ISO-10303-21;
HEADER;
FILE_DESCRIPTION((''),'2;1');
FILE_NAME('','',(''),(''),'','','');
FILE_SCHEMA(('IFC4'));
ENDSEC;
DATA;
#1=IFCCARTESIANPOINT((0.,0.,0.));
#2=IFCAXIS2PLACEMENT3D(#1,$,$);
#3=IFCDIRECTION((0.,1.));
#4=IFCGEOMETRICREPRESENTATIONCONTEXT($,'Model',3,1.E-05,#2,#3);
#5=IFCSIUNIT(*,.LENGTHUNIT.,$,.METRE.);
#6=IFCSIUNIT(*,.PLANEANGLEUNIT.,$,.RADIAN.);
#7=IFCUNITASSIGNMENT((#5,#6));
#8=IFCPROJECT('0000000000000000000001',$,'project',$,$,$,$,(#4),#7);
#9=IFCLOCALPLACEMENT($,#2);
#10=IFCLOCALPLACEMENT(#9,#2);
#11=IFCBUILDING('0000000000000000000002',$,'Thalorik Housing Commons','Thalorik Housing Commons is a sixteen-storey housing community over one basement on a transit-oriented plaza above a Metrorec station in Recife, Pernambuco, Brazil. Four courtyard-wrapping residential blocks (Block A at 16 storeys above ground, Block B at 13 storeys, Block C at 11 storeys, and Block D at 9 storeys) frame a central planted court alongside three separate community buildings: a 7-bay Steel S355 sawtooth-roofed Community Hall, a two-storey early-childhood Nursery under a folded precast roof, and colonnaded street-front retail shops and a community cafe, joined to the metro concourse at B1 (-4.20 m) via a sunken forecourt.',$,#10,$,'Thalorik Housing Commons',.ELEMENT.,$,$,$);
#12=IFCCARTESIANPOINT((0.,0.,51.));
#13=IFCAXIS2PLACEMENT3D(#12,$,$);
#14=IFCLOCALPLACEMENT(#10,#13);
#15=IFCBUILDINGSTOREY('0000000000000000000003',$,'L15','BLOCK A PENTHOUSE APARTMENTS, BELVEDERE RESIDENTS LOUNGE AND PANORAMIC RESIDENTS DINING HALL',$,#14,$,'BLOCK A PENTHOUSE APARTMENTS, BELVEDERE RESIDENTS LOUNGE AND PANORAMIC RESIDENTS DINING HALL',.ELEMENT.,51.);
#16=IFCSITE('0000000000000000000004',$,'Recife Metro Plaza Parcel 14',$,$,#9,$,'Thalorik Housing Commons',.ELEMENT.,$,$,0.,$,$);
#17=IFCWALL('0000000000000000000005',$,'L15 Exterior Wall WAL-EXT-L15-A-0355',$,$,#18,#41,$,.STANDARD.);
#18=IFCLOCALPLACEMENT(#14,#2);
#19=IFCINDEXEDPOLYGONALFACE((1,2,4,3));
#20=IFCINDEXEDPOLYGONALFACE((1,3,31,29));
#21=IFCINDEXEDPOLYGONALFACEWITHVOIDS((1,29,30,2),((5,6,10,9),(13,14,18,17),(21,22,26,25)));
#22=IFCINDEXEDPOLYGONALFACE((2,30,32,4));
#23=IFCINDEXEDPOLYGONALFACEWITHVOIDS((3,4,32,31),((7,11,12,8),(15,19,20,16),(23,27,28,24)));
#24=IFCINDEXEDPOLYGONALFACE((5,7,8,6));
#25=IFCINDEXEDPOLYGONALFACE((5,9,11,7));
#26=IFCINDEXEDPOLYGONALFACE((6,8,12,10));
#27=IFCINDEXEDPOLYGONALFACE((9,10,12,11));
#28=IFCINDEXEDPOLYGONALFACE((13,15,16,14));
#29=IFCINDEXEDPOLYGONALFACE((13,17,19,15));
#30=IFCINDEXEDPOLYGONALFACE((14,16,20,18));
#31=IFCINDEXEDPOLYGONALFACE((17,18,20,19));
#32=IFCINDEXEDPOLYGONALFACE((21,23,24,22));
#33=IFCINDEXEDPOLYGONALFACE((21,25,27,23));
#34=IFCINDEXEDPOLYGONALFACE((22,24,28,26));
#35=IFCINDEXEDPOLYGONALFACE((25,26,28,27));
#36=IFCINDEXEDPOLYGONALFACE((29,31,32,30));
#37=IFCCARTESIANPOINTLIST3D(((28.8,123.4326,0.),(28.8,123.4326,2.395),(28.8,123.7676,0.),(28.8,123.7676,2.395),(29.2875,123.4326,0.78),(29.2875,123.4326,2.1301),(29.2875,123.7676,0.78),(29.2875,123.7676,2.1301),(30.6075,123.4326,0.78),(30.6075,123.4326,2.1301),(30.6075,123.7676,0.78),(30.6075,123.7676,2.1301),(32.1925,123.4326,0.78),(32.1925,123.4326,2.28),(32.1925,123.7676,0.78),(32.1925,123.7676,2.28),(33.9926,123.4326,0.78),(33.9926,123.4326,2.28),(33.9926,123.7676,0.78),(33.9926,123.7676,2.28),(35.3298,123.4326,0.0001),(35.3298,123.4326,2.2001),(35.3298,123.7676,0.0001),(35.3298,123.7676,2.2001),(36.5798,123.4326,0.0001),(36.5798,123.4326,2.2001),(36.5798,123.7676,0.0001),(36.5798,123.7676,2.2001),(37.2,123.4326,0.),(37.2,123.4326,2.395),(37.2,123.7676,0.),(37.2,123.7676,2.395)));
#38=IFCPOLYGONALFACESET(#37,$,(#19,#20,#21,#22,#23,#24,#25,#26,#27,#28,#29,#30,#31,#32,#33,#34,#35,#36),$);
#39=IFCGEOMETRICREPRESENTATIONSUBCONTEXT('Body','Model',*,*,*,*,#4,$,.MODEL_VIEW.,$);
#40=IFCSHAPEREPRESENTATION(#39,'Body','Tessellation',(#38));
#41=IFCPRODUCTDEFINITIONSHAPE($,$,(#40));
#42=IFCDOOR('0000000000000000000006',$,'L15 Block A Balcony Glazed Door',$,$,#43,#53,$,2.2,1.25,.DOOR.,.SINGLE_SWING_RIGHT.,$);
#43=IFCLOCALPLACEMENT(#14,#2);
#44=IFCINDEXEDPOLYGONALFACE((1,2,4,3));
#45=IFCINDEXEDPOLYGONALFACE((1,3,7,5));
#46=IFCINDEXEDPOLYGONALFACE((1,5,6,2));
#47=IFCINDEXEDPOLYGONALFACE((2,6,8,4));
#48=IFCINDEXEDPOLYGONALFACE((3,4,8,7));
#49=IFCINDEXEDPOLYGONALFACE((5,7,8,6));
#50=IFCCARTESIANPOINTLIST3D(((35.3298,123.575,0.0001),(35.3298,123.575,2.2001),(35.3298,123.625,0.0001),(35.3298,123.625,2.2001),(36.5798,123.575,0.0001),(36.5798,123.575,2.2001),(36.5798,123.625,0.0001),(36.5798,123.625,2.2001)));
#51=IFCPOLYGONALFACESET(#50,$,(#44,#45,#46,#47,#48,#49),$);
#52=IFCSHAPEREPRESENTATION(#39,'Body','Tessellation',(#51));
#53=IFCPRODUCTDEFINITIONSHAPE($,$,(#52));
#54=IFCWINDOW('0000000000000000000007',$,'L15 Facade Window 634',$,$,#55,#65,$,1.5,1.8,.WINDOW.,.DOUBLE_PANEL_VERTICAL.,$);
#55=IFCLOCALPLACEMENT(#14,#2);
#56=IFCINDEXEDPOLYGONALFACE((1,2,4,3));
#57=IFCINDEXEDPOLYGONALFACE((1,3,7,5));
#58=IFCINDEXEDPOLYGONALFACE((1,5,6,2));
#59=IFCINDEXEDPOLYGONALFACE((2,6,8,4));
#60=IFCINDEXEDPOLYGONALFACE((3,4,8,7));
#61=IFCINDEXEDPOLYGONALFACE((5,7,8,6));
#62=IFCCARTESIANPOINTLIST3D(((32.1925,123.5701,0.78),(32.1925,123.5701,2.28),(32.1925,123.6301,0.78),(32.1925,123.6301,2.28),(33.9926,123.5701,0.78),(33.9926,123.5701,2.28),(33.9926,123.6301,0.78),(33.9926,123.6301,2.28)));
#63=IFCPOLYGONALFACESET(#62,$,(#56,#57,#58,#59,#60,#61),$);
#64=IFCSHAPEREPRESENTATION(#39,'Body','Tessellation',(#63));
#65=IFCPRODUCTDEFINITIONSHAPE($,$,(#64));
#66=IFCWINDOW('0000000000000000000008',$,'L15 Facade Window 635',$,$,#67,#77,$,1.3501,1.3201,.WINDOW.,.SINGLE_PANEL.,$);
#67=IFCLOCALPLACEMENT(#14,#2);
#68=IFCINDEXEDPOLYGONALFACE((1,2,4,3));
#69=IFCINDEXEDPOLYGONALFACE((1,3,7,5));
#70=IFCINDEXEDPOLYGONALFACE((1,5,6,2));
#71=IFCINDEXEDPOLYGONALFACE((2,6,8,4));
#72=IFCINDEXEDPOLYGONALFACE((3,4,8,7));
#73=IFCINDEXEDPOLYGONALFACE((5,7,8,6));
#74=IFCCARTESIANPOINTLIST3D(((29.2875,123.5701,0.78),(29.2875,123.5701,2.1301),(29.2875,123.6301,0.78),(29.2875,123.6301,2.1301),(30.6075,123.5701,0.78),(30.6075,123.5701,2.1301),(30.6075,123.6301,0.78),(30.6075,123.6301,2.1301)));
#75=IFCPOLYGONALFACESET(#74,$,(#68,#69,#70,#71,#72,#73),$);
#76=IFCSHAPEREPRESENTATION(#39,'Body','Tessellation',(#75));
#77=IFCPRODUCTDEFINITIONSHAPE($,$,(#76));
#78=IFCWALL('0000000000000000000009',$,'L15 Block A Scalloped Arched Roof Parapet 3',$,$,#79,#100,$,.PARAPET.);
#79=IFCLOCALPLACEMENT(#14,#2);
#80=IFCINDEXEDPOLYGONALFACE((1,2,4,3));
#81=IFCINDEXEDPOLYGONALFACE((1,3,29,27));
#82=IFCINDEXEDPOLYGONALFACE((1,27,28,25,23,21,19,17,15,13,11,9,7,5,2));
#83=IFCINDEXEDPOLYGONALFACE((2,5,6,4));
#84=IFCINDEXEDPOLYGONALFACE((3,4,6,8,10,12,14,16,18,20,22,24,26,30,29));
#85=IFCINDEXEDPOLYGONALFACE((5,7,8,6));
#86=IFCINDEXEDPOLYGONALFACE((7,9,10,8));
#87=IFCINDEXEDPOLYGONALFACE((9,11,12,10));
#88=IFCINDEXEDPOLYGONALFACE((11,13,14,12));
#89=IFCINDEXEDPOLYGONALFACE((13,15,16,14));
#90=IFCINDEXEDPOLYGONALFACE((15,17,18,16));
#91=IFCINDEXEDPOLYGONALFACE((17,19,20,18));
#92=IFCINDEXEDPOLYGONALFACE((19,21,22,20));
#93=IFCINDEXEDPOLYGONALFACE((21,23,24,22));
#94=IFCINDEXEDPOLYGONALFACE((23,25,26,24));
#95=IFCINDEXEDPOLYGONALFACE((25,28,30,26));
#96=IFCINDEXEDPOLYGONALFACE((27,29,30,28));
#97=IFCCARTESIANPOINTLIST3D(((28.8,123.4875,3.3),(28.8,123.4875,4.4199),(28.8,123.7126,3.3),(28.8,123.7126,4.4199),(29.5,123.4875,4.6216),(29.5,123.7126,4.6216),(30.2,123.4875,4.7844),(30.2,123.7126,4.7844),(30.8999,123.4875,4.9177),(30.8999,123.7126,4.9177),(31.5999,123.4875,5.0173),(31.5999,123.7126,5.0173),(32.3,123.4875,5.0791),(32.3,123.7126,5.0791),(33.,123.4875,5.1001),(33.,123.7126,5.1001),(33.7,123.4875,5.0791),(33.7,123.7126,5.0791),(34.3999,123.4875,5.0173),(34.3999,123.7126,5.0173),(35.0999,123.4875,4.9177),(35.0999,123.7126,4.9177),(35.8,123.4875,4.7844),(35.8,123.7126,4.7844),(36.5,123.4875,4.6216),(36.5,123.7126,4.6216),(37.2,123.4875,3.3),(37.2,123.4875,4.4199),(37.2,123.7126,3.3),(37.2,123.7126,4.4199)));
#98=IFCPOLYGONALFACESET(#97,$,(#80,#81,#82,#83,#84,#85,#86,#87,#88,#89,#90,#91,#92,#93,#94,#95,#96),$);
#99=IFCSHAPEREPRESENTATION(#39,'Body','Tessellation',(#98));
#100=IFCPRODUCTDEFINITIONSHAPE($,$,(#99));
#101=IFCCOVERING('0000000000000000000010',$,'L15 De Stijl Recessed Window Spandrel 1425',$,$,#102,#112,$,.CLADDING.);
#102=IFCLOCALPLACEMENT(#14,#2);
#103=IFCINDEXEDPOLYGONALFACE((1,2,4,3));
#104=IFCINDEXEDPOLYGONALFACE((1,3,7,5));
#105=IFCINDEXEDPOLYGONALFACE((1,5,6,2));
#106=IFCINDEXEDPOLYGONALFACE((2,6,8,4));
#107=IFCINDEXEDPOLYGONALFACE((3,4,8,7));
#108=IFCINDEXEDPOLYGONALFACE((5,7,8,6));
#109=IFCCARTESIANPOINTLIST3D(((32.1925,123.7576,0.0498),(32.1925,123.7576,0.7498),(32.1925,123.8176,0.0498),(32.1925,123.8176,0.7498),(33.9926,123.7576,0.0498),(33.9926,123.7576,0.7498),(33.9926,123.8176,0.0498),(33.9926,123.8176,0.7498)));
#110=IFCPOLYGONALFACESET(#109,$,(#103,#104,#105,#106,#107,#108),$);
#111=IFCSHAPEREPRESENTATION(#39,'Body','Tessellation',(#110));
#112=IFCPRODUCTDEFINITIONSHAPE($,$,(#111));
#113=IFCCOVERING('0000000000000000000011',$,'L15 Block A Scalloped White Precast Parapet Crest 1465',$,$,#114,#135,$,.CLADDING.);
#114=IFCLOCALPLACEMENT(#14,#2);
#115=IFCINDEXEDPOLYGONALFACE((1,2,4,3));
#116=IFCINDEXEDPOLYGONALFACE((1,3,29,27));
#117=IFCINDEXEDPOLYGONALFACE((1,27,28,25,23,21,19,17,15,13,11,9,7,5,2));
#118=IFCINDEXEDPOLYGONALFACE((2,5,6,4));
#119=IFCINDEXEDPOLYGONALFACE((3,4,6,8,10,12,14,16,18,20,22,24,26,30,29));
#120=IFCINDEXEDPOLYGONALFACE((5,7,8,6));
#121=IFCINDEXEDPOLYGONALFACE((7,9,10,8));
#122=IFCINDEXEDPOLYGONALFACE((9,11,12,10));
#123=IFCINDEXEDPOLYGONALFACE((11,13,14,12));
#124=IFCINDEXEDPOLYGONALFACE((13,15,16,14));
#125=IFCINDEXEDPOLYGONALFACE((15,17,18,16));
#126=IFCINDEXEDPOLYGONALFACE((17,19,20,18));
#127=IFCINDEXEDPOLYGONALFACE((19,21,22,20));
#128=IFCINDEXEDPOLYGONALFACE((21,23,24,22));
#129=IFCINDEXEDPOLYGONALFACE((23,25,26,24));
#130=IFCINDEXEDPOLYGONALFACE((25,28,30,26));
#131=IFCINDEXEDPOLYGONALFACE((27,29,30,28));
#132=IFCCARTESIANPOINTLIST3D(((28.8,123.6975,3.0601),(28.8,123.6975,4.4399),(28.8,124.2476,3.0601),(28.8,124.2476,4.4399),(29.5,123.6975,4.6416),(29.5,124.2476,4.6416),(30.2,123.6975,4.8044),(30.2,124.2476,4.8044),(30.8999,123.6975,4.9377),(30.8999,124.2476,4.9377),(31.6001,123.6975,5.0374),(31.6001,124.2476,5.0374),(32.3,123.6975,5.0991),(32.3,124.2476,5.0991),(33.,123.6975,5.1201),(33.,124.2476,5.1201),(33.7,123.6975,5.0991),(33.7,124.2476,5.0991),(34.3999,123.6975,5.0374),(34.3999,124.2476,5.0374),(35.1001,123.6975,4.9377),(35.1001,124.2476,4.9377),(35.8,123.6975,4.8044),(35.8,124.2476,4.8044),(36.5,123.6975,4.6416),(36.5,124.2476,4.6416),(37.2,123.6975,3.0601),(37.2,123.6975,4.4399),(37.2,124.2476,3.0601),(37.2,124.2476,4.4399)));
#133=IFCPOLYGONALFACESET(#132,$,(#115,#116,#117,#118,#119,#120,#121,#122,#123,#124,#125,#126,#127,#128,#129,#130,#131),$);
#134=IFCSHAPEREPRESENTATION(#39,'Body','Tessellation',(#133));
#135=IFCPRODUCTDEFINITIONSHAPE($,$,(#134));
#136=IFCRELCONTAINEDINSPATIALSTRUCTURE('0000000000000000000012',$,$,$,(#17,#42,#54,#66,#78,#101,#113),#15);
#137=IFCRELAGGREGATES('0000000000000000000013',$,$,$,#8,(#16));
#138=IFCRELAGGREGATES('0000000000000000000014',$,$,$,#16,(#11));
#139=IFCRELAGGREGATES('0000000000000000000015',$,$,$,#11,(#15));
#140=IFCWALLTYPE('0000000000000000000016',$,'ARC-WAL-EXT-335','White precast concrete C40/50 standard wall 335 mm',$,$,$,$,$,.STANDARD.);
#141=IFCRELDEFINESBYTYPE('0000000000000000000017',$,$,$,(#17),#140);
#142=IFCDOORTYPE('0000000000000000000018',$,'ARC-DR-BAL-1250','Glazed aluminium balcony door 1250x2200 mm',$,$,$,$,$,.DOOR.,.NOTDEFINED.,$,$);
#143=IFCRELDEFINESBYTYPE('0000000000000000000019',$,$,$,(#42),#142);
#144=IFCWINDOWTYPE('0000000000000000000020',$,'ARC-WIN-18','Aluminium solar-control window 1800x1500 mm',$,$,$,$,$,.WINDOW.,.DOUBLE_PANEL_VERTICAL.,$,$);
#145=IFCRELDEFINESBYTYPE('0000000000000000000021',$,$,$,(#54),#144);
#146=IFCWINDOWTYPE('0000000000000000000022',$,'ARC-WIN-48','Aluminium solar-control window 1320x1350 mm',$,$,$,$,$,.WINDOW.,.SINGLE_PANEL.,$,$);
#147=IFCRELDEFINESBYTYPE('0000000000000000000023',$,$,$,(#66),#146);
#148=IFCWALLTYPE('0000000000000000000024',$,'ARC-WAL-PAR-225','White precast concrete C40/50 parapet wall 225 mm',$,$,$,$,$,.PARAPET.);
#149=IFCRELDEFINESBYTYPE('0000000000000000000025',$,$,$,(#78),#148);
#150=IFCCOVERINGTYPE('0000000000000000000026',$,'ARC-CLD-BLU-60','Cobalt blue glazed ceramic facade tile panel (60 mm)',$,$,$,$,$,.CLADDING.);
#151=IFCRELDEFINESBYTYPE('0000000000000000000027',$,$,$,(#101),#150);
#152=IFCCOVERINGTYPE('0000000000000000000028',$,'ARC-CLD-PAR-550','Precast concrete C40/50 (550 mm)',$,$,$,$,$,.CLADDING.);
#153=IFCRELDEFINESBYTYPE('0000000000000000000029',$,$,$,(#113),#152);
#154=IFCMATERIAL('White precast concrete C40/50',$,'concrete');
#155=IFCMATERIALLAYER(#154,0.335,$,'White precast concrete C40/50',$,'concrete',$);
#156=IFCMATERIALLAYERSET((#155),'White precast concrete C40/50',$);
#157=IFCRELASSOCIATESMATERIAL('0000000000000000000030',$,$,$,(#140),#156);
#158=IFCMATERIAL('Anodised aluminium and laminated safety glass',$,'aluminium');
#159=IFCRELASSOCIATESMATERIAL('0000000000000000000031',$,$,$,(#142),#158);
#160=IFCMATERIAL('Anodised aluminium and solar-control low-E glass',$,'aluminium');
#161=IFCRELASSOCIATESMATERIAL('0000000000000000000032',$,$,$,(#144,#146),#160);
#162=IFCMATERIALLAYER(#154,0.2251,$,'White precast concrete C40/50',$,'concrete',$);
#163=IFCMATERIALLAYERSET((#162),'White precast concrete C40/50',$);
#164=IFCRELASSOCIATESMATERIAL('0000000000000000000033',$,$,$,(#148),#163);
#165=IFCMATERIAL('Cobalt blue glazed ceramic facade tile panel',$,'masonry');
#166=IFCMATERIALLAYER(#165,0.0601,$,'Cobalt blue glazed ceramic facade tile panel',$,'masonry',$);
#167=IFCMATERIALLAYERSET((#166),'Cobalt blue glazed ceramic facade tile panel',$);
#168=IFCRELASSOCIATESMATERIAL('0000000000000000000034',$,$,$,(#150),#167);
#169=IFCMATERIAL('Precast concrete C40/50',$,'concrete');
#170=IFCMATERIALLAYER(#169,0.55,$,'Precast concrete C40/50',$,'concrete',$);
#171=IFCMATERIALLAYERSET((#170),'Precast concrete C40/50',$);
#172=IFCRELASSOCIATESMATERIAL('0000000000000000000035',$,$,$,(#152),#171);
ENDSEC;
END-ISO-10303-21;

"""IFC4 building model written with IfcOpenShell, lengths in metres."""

from ifc_helpers import new_model, si_unit, direction, frame, frame_2d, origin, origin_2d, place, context, subcontext, project, spatial, polyline, rectangle, outline, extrude, material, layer, layer_set, type_object, element, fill, save


model = new_model("IFC4")

# Units and contexts
model_context = context("Model", 3, precision=1e-05, world=origin(), true_north=direction((0.0, 1.0)))
body_context = subcontext(model_context, "Body", "Model", "MODEL_VIEW")
ifc_project = project(units=[si_unit("LENGTHUNIT", "METRE"), si_unit("PLANEANGLEUNIT", "RADIAN")], contexts=[model_context])

# Site, building, storey
site_placement = place(None, origin())
site = spatial("IfcSite", under=ifc_project, at=site_placement, Name="Recife Metro Plaza Parcel 14", LongName="Thalorik Housing Commons", CompositionType="ELEMENT", RefElevation=0.0)
building_placement = place(site_placement, origin())
building = spatial("IfcBuilding", under=site, at=building_placement, Name="Thalorik Housing Commons", Description="Thalorik Housing Commons is a sixteen-storey housing community over one basement on a transit-oriented plaza above a Metrorec station in Recife, Pernambuco, Brazil. Four courtyard-wrapping residential blocks (Block A at 16 storeys above ground, Block B at 13 storeys, Block C at 11 storeys, and Block D at 9 storeys) frame a central planted court alongside three separate community buildings: a 7-bay Steel S355 sawtooth-roofed Community Hall, a two-storey early-childhood Nursery under a folded precast roof, and colonnaded street-front retail shops and a community cafe, joined to the metro concourse at B1 (-4.20 m) via a sunken forecourt.", LongName="Thalorik Housing Commons", CompositionType="ELEMENT")
storey_placement = place(building_placement, frame((0.0, 0.0, 51.0)))
storey = spatial("IfcBuildingStorey", under=building, at=storey_placement, Name="L15", Description="BLOCK A PENTHOUSE APARTMENTS, BELVEDERE RESIDENTS LOUNGE AND PANORAMIC RESIDENTS DINING HALL", LongName="BLOCK A PENTHOUSE APARTMENTS, BELVEDERE RESIDENTS LOUNGE AND PANORAMIC RESIDENTS DINING HALL", CompositionType="ELEMENT", Elevation=51.0)

# Shared definitions
ifc_material_1 = material(Name="Precast concrete C40/50", Category="concrete")

# Shared definitions
ifc_material_2 = material(Name="Anodised aluminium and solar-control low-E glass", Category="aluminium")

# Shared definitions
ifc_material_3 = material(Name="White precast concrete C40/50", Category="concrete")
ifc_layer_1 = layer(ifc_material_3, 0.335, Name="White precast concrete C40/50", Category="concrete")
ifc_layer_set_1 = layer_set([ifc_layer_1], Name="White precast concrete C40/50")
wall_type_1 = type_object("IfcWallType", Name="ARC-WAL-EXT-335", Description="White precast concrete C40/50 standard wall 335 mm", PredefinedType="STANDARD", material=ifc_layer_set_1)

# Wall, openings, door, windows
wall_1_placement = place(storey_placement, frame((37.2, 123.6001, 0.0), z_axis=(0.0, 0.0, 1.0), x_axis=(-1.0, 0.0, 0.0)))
wall_1 = element("IfcWall", 1, at=wall_1_placement, inside=storey, type_object=wall_type_1, Name="L15 Exterior Wall WAL-EXT-L15-A-0355", PredefinedType="STANDARD", context=body_context, shape_type="SweptSolid", body=[
    extrude(rectangle(XDim=8.3999, YDim=0.335, at=frame_2d((4.2, 0.0))), origin(), (0.0, 0.0, 1.0), 2.395),
])
opening_1_placement = place(wall_1_placement, frame((0.6201, 0.0, 0.0)))
opening_1 = element("IfcOpeningElement", 2, at=opening_1_placement, cuts=wall_1, PredefinedType="OPENING", context=body_context, shape_type="SweptSolid", body=[
    extrude(rectangle(XDim=1.25, YDim=2.2, at=frame_2d((0.625, 1.1001))), frame((0.0, 0.1775, 0.0), z_axis=(0.0, -1.0, 0.0), x_axis=(1.0, 0.0, 0.0)), (0.0, 0.0, 1.0), 0.355),
])
opening_2_placement = place(wall_1_placement, frame((3.2075, 0.0, 0.78)))
opening_2 = element("IfcOpeningElement", 3, at=opening_2_placement, cuts=wall_1, PredefinedType="OPENING", context=body_context, shape_type="SweptSolid", body=[
    extrude(rectangle(XDim=1.8, YDim=1.5, at=frame_2d((0.8999, 0.75))), frame((0.0, 0.1775, 0.0), z_axis=(0.0, -1.0, 0.0), x_axis=(1.0, 0.0, 0.0)), (0.0, 0.0, 1.0), 0.355),
])
opening_3_placement = place(wall_1_placement, frame((6.5923, 0.0, 0.78)))
opening_3 = element("IfcOpeningElement", 4, at=opening_3_placement, cuts=wall_1, PredefinedType="OPENING", context=body_context, shape_type="SweptSolid", body=[
    extrude(rectangle(XDim=1.3201, YDim=1.3501, at=frame_2d((0.6602, 0.675))), frame((0.0, 0.1775, 0.0), z_axis=(0.0, -1.0, 0.0), x_axis=(1.0, 0.0, 0.0)), (0.0, 0.0, 1.0), 0.355),
])
ifc_material_4 = material(Name="Anodised aluminium and laminated safety glass", Category="aluminium")
door_type = type_object("IfcDoorType", Name="ARC-DR-BAL-1250", Description="Glazed aluminium balcony door 1250x2200 mm", OperationType="NOTDEFINED", PredefinedType="DOOR", material=ifc_material_4)
door_placement = place(opening_1_placement, frame((1.25, 0.0, 0.0), z_axis=(0.0, 0.0, 1.0), x_axis=(-1.0, 0.0, 0.0)))
door = element("IfcDoor", 5, at=door_placement, inside=storey, type_object=door_type, Name="L15 Block A Balcony Glazed Door", OperationType="SINGLE_SWING_RIGHT", OverallHeight=2.2, OverallWidth=1.25, PredefinedType="DOOR", context=body_context, shape_type="SweptSolid", body=[
    extrude(rectangle(XDim=1.25, YDim=2.2, at=frame_2d((0.625, 1.1001))), frame((0.0, 0.0249, 0.0), z_axis=(0.0, -1.0, 0.0), x_axis=(1.0, 0.0, 0.0)), (0.0, 0.0, 1.0), 0.05),
])
fill(opening_1, door)
window_type_1 = type_object("IfcWindowType", Name="ARC-WIN-18", Description="Aluminium solar-control window 1800x1500 mm", PartitioningType="DOUBLE_PANEL_VERTICAL", PredefinedType="WINDOW", material=ifc_material_2)
window_1_placement = place(opening_2_placement, origin())
window_1 = element("IfcWindow", 6, at=window_1_placement, inside=storey, type_object=window_type_1, Name="L15 Facade Window 634", OverallHeight=1.5, OverallWidth=1.8, PartitioningType="DOUBLE_PANEL_VERTICAL", PredefinedType="WINDOW", context=body_context, shape_type="SweptSolid", body=[
    extrude(rectangle(XDim=1.8, YDim=1.5, at=frame_2d((0.8999, 0.75))), frame((0.0, 0.03, 0.0), z_axis=(0.0, -1.0, 0.0), x_axis=(1.0, 0.0, 0.0)), (0.0, 0.0, 1.0), 0.0601),
])
fill(opening_2, window_1)
window_type_2 = type_object("IfcWindowType", Name="ARC-WIN-48", Description="Aluminium solar-control window 1320x1350 mm", PartitioningType="SINGLE_PANEL", PredefinedType="WINDOW", material=ifc_material_2)
window_2_placement = place(opening_3_placement, origin())
window_2 = element("IfcWindow", 7, at=window_2_placement, inside=storey, type_object=window_type_2, Name="L15 Facade Window 635", OverallHeight=1.3501, OverallWidth=1.3201, PartitioningType="SINGLE_PANEL", PredefinedType="WINDOW", context=body_context, shape_type="SweptSolid", body=[
    extrude(rectangle(XDim=1.3201, YDim=1.3501, at=frame_2d((0.6602, 0.675))), frame((0.0, 0.03, 0.0), z_axis=(0.0, -1.0, 0.0), x_axis=(1.0, 0.0, 0.0)), (0.0, 0.0, 1.0), 0.0601),
])
fill(opening_3, window_2)

# Wall
ifc_layer_2 = layer(ifc_material_3, 0.2251, Name="White precast concrete C40/50", Category="concrete")
ifc_layer_set_2 = layer_set([ifc_layer_2], Name="White precast concrete C40/50")
wall_type_2 = type_object("IfcWallType", Name="ARC-WAL-PAR-225", Description="White precast concrete C40/50 parapet wall 225 mm", PredefinedType="PARAPET", material=ifc_layer_set_2)
wall_2_placement = place(storey_placement, frame((37.2, 123.6001, 3.3), z_axis=(0.0, 0.0, 1.0), x_axis=(-1.0, 0.0, 0.0)))
element("IfcWall", 8, at=wall_2_placement, inside=storey, type_object=wall_type_2, Name="L15 Block A Scalloped Arched Roof Parapet 3", PredefinedType="PARAPET", context=body_context, shape_type="SweptSolid", body=[
    extrude(outline(polyline([(0.0, 0.0), (8.3999, 0.0), (8.3999, 1.1199), (7.7, 1.3215), (7.0, 1.4844), (6.3, 1.6177), (5.6001, 1.7173), (4.8999, 1.7791), (4.2, 1.8), (3.5, 1.7791), (2.8, 1.7173), (2.1001, 1.6177), (1.3999, 1.4844), (0.7, 1.3215), (0.0, 1.1199), (0.0, 0.0)])), frame((0.0, 0.1125, 0.0), z_axis=(0.0, -1.0, 0.0), x_axis=(1.0, 0.0, 0.0)), (0.0, 0.0, 1.0), 0.2251),
])

# Coverings
ifc_material_5 = material(Name="Cobalt blue glazed ceramic facade tile panel", Category="masonry")
ifc_layer_3 = layer(ifc_material_5, 0.0601, Name="Cobalt blue glazed ceramic facade tile panel", Category="masonry")
ifc_layer_set_3 = layer_set([ifc_layer_3], Name="Cobalt blue glazed ceramic facade tile panel")
covering_type_1 = type_object("IfcCoveringType", Name="ARC-CLD-BLU-60", Description="Cobalt blue glazed ceramic facade tile panel (60 mm)", PredefinedType="CLADDING", material=ifc_layer_set_3)
covering_1_placement = place(storey_placement, frame((33.0925, 123.7876, 0.0498), z_axis=(0.0, 0.0, 1.0), x_axis=(-1.0, 0.0, 0.0)))
element("IfcCovering", 9, at=covering_1_placement, inside=storey, type_object=covering_type_1, Name="L15 De Stijl Recessed Window Spandrel 1425", PredefinedType="CLADDING", context=body_context, shape_type="SweptSolid", body=[
    extrude(rectangle(XDim=1.8, YDim=0.0601, at=origin_2d()), origin(), (0.0, 0.0, 1.0), 0.7),
])
ifc_layer_4 = layer(ifc_material_1, 0.55, Name="Precast concrete C40/50", Category="concrete")
ifc_layer_set_4 = layer_set([ifc_layer_4], Name="Precast concrete C40/50")
covering_type_2 = type_object("IfcCoveringType", Name="ARC-CLD-PAR-550", Description="Precast concrete C40/50 (550 mm)", PredefinedType="CLADDING", material=ifc_layer_set_4)
covering_2_placement = place(storey_placement, frame((33.0, 123.9724, 3.0601), z_axis=(0.0, 0.0, 1.0), x_axis=(-1.0, 0.0, 0.0)))
element("IfcCovering", 10, at=covering_2_placement, inside=storey, type_object=covering_type_2, Name="L15 Block A Scalloped White Precast Parapet Crest 1465", PredefinedType="CLADDING", context=body_context, shape_type="SweptSolid", body=[
    extrude(outline(polyline([(-4.2, 0.0), (4.2, 0.0), (4.2, 1.3799), (3.5, 1.5815), (2.8, 1.7444), (2.1001, 1.8777), (1.3999, 1.9773), (0.7, 2.0391), (0.0, 2.0601), (-0.7, 2.0391), (-1.3999, 1.9773), (-2.1001, 1.8777), (-2.8, 1.7444), (-3.5, 1.5815), (-4.2, 1.3799), (-4.2, 0.0)])), frame((0.0, 0.2749, 0.0), z_axis=(0.0, -1.0, 0.0), x_axis=(1.0, 0.0, 0.0)), (0.0, 0.0, 1.0), 0.55),
])

save(model, "model.ifc")
